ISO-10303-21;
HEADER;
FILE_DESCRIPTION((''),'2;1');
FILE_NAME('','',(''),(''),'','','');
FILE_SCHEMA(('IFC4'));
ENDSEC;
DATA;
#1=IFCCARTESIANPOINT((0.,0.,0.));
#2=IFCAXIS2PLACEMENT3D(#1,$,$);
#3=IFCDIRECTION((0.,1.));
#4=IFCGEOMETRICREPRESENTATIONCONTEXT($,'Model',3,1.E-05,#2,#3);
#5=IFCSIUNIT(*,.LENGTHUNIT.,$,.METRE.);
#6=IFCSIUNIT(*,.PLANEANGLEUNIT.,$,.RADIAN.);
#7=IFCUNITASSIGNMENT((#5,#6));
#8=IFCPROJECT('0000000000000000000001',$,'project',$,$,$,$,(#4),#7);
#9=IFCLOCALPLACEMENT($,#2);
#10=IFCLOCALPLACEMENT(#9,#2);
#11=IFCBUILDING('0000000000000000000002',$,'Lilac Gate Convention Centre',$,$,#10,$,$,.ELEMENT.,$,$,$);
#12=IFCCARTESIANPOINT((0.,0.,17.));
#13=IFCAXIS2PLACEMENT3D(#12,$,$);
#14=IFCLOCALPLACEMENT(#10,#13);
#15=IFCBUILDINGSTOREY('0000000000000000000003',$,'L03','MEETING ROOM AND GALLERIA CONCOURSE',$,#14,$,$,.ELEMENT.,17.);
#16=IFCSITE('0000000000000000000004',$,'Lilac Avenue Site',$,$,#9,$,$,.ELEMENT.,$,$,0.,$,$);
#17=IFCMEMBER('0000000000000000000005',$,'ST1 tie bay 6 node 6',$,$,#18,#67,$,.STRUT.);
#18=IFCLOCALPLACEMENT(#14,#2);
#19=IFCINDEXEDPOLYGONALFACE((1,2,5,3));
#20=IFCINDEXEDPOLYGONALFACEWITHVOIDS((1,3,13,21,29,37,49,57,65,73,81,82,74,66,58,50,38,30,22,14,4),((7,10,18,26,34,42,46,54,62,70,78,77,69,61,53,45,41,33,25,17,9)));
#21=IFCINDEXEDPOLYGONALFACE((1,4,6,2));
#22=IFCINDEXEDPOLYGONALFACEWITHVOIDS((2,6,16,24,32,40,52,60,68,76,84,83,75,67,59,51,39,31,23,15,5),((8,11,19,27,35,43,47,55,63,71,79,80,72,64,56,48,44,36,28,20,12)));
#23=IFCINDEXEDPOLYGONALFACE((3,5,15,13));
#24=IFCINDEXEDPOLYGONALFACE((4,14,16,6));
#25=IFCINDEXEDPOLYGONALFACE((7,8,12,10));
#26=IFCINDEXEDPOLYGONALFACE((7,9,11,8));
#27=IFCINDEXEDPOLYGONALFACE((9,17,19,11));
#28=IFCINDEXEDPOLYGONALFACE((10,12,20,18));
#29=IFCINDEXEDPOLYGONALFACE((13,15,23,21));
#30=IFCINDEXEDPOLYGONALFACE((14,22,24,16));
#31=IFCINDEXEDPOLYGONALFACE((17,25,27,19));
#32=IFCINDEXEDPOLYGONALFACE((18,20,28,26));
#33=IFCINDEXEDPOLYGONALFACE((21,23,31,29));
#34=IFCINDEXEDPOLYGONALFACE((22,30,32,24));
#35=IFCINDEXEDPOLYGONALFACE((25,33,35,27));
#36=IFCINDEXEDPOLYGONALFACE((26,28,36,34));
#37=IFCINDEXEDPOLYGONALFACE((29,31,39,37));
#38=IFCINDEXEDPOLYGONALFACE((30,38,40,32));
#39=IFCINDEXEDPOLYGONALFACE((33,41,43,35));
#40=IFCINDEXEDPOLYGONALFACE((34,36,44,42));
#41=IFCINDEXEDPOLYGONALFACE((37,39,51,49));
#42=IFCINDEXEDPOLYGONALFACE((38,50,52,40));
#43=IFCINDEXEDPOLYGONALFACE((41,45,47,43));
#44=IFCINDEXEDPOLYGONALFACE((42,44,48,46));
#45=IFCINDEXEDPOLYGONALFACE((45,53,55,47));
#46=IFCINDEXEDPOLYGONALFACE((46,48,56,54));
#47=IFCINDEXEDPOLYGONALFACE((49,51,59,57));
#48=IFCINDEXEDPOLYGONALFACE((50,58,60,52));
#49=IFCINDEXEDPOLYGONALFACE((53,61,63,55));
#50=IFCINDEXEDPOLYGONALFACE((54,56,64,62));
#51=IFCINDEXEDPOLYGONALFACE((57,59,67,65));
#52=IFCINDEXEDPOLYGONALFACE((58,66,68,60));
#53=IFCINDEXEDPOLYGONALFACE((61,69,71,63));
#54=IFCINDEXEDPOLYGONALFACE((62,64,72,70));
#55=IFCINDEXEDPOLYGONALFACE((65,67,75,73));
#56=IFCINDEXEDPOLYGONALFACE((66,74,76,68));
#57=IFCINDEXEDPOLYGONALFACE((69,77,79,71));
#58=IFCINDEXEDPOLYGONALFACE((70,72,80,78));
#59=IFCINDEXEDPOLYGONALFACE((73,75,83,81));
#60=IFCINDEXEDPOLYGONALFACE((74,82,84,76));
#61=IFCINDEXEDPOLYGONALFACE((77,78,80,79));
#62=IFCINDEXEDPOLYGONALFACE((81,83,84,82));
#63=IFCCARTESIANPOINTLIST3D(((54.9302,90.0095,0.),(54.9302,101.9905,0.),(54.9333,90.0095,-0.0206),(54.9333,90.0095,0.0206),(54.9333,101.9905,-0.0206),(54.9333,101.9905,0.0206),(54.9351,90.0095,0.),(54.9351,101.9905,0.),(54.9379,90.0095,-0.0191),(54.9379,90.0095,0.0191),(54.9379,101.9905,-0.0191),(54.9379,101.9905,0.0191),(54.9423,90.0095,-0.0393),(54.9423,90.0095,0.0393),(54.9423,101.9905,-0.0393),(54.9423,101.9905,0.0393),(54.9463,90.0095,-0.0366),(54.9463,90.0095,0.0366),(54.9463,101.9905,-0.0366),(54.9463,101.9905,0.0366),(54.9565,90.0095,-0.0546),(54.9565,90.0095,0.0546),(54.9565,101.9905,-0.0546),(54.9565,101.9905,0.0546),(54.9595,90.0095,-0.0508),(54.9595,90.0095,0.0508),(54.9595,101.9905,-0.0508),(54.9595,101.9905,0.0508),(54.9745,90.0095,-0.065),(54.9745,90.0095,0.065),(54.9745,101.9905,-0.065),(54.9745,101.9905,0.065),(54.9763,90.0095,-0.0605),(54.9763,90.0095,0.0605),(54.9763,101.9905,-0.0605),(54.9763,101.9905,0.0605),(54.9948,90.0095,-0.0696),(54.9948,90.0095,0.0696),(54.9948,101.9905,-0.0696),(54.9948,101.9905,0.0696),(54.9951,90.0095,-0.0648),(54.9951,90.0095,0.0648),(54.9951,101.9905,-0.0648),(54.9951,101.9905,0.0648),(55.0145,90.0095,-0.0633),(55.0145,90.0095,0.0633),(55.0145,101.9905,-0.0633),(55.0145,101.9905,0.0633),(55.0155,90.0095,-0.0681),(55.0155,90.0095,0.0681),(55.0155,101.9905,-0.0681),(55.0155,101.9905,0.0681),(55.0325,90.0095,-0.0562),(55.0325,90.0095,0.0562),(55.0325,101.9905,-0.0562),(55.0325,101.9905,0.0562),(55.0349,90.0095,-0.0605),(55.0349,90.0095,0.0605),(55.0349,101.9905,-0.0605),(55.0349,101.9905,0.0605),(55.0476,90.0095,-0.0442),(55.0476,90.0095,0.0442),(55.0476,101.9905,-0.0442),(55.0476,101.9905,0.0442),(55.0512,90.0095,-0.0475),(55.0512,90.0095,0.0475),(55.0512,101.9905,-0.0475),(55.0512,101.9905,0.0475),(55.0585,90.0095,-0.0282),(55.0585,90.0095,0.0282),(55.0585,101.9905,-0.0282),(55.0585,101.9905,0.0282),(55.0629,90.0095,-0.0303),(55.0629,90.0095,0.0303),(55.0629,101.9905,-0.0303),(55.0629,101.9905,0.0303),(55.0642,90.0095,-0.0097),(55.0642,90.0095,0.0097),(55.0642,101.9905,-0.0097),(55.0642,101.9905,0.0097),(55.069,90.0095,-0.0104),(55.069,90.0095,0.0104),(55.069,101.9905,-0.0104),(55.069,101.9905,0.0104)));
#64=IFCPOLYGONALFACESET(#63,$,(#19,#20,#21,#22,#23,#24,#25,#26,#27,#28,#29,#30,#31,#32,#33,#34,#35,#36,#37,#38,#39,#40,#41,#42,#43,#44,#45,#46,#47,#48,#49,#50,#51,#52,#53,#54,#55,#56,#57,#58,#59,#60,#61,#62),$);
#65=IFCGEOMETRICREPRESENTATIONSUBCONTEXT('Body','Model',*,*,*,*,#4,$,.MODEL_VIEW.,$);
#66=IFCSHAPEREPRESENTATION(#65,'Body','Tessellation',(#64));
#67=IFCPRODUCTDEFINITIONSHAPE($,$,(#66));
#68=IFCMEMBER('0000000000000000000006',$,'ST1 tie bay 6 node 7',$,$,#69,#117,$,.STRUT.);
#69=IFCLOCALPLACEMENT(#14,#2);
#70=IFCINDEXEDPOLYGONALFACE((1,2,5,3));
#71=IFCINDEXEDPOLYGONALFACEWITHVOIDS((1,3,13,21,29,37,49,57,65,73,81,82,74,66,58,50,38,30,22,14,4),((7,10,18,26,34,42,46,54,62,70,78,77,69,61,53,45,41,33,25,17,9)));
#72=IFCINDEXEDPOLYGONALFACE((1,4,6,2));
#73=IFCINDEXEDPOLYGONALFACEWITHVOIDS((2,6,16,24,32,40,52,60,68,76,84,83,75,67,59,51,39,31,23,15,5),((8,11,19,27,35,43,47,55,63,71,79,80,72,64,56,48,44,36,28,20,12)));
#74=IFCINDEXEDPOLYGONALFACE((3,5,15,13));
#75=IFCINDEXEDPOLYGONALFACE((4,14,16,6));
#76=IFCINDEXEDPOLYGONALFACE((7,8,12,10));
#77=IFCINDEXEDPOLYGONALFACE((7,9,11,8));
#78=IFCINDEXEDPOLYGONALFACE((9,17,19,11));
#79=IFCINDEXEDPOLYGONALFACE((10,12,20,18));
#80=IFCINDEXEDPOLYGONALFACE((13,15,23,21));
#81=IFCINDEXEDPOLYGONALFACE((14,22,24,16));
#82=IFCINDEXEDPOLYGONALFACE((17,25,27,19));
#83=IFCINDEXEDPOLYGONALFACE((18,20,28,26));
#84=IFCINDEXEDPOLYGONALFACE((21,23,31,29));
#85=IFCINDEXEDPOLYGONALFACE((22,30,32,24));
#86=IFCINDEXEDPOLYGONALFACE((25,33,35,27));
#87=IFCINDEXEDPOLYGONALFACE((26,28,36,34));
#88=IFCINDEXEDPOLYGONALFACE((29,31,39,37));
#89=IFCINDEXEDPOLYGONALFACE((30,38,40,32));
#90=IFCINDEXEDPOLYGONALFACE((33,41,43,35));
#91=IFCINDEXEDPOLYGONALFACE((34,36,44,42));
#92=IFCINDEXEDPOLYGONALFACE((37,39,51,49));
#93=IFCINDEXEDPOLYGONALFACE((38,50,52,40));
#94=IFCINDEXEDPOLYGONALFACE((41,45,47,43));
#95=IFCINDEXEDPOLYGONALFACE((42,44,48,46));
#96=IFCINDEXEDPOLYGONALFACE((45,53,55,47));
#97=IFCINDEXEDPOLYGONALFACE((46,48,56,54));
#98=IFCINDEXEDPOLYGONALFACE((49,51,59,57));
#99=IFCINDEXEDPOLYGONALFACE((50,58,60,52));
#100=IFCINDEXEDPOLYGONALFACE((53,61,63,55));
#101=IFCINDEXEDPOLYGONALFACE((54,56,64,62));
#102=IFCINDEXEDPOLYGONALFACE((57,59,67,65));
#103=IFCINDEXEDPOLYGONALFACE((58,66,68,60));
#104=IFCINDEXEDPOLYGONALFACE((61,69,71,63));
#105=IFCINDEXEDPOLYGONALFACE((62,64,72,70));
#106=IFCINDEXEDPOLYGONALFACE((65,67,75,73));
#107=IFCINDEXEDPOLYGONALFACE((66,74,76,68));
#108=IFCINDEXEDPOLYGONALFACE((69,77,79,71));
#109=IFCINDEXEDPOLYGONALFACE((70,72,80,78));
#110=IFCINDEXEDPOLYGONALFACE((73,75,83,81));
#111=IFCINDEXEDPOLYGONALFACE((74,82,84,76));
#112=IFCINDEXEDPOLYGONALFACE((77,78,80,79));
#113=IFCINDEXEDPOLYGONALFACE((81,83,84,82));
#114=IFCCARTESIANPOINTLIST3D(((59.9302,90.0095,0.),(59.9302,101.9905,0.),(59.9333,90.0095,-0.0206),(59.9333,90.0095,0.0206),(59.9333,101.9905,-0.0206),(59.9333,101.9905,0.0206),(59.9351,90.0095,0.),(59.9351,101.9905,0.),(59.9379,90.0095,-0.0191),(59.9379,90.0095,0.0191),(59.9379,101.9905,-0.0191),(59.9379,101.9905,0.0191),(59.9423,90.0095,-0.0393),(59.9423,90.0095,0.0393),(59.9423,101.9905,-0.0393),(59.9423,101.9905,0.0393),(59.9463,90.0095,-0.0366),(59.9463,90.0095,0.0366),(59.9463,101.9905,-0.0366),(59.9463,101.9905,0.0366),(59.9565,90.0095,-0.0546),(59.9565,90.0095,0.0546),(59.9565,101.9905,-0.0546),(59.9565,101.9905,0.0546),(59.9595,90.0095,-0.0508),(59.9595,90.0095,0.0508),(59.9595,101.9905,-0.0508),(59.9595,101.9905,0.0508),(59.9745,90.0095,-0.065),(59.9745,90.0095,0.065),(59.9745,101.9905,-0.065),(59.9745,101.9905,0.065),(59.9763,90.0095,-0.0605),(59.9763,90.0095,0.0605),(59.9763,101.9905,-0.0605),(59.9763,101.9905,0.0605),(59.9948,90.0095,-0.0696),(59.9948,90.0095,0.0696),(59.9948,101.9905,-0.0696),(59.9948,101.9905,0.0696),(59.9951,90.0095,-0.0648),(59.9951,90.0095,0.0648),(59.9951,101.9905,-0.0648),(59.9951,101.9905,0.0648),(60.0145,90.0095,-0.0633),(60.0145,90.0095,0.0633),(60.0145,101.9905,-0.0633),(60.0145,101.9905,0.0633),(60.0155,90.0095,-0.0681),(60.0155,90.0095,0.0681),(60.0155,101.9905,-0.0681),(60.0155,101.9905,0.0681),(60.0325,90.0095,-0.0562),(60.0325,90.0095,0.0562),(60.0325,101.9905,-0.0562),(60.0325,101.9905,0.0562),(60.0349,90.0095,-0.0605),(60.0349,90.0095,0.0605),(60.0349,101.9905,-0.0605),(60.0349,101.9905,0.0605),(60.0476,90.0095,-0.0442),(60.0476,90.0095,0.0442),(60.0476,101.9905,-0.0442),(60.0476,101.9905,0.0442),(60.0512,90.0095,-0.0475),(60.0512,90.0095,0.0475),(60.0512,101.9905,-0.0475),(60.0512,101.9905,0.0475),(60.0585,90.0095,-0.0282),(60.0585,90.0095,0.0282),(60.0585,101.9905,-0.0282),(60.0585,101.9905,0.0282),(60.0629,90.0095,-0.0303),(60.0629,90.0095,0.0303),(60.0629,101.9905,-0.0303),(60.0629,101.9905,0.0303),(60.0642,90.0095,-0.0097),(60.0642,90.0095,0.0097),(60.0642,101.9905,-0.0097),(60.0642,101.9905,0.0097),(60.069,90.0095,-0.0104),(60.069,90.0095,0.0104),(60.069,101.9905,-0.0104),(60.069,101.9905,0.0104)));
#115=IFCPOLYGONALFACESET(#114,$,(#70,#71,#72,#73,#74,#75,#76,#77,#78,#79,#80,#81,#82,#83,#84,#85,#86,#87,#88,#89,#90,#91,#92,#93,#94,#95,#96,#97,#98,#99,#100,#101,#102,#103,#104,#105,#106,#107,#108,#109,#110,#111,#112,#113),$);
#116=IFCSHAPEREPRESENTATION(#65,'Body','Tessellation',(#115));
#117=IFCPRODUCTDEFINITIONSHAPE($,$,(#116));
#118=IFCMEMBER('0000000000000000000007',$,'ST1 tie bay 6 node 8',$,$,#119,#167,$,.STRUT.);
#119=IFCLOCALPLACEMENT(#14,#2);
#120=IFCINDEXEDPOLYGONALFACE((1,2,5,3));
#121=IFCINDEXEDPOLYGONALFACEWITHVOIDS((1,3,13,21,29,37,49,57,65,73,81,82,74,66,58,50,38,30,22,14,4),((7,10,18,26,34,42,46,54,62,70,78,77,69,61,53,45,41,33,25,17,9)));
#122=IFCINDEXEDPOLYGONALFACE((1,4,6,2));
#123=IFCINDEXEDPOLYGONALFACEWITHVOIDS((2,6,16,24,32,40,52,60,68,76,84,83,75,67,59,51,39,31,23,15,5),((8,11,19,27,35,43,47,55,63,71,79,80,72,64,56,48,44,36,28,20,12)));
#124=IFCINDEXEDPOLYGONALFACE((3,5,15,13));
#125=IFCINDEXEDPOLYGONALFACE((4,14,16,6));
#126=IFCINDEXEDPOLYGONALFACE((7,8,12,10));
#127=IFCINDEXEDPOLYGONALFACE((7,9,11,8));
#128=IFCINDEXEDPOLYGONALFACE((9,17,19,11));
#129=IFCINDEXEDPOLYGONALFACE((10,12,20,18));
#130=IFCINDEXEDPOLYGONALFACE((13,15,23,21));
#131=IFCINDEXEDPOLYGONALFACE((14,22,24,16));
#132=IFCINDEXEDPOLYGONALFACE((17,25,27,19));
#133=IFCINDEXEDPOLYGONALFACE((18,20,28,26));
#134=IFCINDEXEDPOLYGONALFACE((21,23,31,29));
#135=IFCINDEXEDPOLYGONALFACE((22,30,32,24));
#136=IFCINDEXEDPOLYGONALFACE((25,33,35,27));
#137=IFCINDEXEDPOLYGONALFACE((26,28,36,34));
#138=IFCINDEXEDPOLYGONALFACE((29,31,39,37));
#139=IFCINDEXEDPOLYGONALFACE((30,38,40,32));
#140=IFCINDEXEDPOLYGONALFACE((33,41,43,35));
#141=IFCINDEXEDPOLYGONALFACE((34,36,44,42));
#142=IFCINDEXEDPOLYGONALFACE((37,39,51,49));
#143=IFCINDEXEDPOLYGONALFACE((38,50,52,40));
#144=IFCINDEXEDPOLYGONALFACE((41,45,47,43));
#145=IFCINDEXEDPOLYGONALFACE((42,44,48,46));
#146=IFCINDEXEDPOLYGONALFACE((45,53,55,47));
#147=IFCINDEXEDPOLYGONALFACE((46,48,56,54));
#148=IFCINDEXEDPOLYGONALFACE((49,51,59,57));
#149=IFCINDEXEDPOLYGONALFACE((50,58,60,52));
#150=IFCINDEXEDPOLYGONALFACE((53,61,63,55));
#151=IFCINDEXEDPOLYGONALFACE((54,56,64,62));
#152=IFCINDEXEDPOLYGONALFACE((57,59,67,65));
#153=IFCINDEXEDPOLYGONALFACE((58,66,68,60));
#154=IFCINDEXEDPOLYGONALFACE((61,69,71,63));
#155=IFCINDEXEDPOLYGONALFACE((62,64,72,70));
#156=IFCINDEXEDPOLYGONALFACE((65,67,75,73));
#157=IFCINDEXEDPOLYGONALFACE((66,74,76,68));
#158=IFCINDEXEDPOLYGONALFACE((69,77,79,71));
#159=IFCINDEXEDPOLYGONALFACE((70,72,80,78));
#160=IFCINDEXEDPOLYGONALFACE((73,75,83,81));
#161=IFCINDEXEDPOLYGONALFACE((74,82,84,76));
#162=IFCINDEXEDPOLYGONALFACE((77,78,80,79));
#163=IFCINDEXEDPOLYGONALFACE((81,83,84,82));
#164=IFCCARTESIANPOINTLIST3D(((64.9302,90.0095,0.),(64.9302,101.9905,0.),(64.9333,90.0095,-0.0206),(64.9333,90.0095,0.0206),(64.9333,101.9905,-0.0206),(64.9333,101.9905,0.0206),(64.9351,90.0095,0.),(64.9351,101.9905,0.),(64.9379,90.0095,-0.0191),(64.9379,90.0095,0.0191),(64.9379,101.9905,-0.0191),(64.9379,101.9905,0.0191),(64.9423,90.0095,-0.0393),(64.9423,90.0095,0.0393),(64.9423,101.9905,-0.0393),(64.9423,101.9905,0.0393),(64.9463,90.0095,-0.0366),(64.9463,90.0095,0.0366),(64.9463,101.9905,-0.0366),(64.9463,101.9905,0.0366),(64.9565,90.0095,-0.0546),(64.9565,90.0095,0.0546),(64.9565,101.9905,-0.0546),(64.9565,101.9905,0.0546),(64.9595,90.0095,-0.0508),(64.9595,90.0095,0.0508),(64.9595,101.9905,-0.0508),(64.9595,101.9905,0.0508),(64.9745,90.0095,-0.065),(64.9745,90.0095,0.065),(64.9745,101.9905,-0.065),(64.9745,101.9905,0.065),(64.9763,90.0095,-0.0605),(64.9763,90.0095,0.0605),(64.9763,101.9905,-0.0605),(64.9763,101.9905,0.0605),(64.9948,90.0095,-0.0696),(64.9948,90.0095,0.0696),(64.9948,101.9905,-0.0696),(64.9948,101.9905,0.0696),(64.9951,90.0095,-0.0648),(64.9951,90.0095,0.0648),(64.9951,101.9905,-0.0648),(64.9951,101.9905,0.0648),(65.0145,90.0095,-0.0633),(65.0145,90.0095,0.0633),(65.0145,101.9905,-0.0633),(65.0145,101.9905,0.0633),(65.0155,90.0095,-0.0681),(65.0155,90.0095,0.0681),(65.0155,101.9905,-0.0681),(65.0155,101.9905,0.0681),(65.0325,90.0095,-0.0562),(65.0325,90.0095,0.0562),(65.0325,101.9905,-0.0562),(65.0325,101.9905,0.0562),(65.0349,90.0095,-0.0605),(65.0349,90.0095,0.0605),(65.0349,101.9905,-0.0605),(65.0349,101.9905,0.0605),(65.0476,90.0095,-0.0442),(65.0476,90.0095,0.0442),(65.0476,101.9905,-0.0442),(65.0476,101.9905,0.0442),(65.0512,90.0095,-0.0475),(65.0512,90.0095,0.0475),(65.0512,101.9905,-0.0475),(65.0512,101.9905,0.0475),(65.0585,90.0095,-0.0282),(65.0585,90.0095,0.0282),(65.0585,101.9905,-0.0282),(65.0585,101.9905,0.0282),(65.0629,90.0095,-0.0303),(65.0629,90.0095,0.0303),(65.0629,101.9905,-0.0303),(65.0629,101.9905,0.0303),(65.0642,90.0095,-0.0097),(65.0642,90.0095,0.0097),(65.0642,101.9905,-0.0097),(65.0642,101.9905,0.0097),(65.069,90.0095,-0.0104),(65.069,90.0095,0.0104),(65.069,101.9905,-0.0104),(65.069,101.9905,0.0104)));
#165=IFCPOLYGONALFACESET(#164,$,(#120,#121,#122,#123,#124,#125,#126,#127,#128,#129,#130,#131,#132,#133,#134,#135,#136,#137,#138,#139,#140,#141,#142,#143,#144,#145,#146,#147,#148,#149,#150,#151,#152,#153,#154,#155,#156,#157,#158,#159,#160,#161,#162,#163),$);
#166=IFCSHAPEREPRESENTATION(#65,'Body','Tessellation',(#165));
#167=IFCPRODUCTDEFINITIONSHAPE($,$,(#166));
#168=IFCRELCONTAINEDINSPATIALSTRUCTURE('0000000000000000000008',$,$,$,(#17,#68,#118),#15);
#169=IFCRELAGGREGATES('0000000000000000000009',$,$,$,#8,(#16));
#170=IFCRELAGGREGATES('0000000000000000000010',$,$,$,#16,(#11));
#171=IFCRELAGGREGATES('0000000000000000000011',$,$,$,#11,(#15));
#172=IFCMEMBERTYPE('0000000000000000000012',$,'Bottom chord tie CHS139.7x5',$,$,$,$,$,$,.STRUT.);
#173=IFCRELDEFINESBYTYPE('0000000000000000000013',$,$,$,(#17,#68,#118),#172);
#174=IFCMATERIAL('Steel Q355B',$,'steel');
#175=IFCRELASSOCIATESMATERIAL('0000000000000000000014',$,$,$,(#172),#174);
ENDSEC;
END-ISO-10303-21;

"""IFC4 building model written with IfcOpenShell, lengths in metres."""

from ifc_helpers import new_model, si_unit, direction, frame, origin, origin_2d, place, context, subcontext, project, spatial, hollow_circle, extrude, material, material_profile, profile_set, type_object, element, save


model = new_model("IFC4")

# Units and contexts
model_context = context("Model", 3, precision=1e-05, world=origin(), true_north=direction((0.0, 1.0)))
body_context = subcontext(model_context, "Body", "Model", "MODEL_VIEW")
ifc_project = project(units=[si_unit("LENGTHUNIT", "METRE"), si_unit("PLANEANGLEUNIT", "RADIAN")], contexts=[model_context])

# Site, building, storey
site_placement = place(None, origin())
site = spatial("IfcSite", under=ifc_project, at=site_placement, Name="Lilac Avenue Site", CompositionType="ELEMENT", RefElevation=0.0)
building_placement = place(site_placement, origin())
building = spatial("IfcBuilding", under=site, at=building_placement, Name="Lilac Gate Convention Centre", CompositionType="ELEMENT")
storey_placement = place(building_placement, frame((0.0, 0.0, 17.0)))
storey = spatial("IfcBuildingStorey", under=building, at=storey_placement, Name="L03", Description="MEETING ROOM AND GALLERIA CONCOURSE", CompositionType="ELEMENT", Elevation=17.0)

# Members
ifc_material = material(Name="Steel Q355B", Category="steel")
ifc_material_profile_1 = material_profile(ifc_material, hollow_circle(Radius=0.0698, WallThickness=0.0049, at=origin_2d()), Name="CHS139.7x5")
ifc_profile_set_1 = profile_set([ifc_material_profile_1], Name="Steel Q355B")
member_type_1 = type_object("IfcMemberType", Name="Bottom chord tie CHS139.7x5", PredefinedType="STRUT", material=ifc_profile_set_1)
for number, where, z_axis, x_axis, name in (
    (1, (55.0, 90.0095, 0.0), (0.0, 1.0, 0.0), (-1.0, 0.0, 0.0), "ST1 tie bay 6 node 6"),
    (2, (60.0, 90.0095, 0.0), (0.0, 1.0, 0.0), (-1.0, 0.0, 0.0), "ST1 tie bay 6 node 7"),
    (3, (65.0, 90.0095, 0.0), (0.0, 1.0, 0.0), (-1.0, 0.0, 0.0), "ST1 tie bay 6 node 8"),
):
    element("IfcMember", number, at=place(storey_placement, frame(where, z_axis=z_axis, x_axis=x_axis)), inside=storey, type_object=member_type_1, Name=name, PredefinedType="STRUT", context=body_context, shape_type="SweptSolid", body=[
        extrude(hollow_circle(Radius=0.0698, WallThickness=0.0049, at=origin_2d()), origin(), (0.0, 0.0, 1.0), 11.981),
    ])

save(model, "model.ifc")
